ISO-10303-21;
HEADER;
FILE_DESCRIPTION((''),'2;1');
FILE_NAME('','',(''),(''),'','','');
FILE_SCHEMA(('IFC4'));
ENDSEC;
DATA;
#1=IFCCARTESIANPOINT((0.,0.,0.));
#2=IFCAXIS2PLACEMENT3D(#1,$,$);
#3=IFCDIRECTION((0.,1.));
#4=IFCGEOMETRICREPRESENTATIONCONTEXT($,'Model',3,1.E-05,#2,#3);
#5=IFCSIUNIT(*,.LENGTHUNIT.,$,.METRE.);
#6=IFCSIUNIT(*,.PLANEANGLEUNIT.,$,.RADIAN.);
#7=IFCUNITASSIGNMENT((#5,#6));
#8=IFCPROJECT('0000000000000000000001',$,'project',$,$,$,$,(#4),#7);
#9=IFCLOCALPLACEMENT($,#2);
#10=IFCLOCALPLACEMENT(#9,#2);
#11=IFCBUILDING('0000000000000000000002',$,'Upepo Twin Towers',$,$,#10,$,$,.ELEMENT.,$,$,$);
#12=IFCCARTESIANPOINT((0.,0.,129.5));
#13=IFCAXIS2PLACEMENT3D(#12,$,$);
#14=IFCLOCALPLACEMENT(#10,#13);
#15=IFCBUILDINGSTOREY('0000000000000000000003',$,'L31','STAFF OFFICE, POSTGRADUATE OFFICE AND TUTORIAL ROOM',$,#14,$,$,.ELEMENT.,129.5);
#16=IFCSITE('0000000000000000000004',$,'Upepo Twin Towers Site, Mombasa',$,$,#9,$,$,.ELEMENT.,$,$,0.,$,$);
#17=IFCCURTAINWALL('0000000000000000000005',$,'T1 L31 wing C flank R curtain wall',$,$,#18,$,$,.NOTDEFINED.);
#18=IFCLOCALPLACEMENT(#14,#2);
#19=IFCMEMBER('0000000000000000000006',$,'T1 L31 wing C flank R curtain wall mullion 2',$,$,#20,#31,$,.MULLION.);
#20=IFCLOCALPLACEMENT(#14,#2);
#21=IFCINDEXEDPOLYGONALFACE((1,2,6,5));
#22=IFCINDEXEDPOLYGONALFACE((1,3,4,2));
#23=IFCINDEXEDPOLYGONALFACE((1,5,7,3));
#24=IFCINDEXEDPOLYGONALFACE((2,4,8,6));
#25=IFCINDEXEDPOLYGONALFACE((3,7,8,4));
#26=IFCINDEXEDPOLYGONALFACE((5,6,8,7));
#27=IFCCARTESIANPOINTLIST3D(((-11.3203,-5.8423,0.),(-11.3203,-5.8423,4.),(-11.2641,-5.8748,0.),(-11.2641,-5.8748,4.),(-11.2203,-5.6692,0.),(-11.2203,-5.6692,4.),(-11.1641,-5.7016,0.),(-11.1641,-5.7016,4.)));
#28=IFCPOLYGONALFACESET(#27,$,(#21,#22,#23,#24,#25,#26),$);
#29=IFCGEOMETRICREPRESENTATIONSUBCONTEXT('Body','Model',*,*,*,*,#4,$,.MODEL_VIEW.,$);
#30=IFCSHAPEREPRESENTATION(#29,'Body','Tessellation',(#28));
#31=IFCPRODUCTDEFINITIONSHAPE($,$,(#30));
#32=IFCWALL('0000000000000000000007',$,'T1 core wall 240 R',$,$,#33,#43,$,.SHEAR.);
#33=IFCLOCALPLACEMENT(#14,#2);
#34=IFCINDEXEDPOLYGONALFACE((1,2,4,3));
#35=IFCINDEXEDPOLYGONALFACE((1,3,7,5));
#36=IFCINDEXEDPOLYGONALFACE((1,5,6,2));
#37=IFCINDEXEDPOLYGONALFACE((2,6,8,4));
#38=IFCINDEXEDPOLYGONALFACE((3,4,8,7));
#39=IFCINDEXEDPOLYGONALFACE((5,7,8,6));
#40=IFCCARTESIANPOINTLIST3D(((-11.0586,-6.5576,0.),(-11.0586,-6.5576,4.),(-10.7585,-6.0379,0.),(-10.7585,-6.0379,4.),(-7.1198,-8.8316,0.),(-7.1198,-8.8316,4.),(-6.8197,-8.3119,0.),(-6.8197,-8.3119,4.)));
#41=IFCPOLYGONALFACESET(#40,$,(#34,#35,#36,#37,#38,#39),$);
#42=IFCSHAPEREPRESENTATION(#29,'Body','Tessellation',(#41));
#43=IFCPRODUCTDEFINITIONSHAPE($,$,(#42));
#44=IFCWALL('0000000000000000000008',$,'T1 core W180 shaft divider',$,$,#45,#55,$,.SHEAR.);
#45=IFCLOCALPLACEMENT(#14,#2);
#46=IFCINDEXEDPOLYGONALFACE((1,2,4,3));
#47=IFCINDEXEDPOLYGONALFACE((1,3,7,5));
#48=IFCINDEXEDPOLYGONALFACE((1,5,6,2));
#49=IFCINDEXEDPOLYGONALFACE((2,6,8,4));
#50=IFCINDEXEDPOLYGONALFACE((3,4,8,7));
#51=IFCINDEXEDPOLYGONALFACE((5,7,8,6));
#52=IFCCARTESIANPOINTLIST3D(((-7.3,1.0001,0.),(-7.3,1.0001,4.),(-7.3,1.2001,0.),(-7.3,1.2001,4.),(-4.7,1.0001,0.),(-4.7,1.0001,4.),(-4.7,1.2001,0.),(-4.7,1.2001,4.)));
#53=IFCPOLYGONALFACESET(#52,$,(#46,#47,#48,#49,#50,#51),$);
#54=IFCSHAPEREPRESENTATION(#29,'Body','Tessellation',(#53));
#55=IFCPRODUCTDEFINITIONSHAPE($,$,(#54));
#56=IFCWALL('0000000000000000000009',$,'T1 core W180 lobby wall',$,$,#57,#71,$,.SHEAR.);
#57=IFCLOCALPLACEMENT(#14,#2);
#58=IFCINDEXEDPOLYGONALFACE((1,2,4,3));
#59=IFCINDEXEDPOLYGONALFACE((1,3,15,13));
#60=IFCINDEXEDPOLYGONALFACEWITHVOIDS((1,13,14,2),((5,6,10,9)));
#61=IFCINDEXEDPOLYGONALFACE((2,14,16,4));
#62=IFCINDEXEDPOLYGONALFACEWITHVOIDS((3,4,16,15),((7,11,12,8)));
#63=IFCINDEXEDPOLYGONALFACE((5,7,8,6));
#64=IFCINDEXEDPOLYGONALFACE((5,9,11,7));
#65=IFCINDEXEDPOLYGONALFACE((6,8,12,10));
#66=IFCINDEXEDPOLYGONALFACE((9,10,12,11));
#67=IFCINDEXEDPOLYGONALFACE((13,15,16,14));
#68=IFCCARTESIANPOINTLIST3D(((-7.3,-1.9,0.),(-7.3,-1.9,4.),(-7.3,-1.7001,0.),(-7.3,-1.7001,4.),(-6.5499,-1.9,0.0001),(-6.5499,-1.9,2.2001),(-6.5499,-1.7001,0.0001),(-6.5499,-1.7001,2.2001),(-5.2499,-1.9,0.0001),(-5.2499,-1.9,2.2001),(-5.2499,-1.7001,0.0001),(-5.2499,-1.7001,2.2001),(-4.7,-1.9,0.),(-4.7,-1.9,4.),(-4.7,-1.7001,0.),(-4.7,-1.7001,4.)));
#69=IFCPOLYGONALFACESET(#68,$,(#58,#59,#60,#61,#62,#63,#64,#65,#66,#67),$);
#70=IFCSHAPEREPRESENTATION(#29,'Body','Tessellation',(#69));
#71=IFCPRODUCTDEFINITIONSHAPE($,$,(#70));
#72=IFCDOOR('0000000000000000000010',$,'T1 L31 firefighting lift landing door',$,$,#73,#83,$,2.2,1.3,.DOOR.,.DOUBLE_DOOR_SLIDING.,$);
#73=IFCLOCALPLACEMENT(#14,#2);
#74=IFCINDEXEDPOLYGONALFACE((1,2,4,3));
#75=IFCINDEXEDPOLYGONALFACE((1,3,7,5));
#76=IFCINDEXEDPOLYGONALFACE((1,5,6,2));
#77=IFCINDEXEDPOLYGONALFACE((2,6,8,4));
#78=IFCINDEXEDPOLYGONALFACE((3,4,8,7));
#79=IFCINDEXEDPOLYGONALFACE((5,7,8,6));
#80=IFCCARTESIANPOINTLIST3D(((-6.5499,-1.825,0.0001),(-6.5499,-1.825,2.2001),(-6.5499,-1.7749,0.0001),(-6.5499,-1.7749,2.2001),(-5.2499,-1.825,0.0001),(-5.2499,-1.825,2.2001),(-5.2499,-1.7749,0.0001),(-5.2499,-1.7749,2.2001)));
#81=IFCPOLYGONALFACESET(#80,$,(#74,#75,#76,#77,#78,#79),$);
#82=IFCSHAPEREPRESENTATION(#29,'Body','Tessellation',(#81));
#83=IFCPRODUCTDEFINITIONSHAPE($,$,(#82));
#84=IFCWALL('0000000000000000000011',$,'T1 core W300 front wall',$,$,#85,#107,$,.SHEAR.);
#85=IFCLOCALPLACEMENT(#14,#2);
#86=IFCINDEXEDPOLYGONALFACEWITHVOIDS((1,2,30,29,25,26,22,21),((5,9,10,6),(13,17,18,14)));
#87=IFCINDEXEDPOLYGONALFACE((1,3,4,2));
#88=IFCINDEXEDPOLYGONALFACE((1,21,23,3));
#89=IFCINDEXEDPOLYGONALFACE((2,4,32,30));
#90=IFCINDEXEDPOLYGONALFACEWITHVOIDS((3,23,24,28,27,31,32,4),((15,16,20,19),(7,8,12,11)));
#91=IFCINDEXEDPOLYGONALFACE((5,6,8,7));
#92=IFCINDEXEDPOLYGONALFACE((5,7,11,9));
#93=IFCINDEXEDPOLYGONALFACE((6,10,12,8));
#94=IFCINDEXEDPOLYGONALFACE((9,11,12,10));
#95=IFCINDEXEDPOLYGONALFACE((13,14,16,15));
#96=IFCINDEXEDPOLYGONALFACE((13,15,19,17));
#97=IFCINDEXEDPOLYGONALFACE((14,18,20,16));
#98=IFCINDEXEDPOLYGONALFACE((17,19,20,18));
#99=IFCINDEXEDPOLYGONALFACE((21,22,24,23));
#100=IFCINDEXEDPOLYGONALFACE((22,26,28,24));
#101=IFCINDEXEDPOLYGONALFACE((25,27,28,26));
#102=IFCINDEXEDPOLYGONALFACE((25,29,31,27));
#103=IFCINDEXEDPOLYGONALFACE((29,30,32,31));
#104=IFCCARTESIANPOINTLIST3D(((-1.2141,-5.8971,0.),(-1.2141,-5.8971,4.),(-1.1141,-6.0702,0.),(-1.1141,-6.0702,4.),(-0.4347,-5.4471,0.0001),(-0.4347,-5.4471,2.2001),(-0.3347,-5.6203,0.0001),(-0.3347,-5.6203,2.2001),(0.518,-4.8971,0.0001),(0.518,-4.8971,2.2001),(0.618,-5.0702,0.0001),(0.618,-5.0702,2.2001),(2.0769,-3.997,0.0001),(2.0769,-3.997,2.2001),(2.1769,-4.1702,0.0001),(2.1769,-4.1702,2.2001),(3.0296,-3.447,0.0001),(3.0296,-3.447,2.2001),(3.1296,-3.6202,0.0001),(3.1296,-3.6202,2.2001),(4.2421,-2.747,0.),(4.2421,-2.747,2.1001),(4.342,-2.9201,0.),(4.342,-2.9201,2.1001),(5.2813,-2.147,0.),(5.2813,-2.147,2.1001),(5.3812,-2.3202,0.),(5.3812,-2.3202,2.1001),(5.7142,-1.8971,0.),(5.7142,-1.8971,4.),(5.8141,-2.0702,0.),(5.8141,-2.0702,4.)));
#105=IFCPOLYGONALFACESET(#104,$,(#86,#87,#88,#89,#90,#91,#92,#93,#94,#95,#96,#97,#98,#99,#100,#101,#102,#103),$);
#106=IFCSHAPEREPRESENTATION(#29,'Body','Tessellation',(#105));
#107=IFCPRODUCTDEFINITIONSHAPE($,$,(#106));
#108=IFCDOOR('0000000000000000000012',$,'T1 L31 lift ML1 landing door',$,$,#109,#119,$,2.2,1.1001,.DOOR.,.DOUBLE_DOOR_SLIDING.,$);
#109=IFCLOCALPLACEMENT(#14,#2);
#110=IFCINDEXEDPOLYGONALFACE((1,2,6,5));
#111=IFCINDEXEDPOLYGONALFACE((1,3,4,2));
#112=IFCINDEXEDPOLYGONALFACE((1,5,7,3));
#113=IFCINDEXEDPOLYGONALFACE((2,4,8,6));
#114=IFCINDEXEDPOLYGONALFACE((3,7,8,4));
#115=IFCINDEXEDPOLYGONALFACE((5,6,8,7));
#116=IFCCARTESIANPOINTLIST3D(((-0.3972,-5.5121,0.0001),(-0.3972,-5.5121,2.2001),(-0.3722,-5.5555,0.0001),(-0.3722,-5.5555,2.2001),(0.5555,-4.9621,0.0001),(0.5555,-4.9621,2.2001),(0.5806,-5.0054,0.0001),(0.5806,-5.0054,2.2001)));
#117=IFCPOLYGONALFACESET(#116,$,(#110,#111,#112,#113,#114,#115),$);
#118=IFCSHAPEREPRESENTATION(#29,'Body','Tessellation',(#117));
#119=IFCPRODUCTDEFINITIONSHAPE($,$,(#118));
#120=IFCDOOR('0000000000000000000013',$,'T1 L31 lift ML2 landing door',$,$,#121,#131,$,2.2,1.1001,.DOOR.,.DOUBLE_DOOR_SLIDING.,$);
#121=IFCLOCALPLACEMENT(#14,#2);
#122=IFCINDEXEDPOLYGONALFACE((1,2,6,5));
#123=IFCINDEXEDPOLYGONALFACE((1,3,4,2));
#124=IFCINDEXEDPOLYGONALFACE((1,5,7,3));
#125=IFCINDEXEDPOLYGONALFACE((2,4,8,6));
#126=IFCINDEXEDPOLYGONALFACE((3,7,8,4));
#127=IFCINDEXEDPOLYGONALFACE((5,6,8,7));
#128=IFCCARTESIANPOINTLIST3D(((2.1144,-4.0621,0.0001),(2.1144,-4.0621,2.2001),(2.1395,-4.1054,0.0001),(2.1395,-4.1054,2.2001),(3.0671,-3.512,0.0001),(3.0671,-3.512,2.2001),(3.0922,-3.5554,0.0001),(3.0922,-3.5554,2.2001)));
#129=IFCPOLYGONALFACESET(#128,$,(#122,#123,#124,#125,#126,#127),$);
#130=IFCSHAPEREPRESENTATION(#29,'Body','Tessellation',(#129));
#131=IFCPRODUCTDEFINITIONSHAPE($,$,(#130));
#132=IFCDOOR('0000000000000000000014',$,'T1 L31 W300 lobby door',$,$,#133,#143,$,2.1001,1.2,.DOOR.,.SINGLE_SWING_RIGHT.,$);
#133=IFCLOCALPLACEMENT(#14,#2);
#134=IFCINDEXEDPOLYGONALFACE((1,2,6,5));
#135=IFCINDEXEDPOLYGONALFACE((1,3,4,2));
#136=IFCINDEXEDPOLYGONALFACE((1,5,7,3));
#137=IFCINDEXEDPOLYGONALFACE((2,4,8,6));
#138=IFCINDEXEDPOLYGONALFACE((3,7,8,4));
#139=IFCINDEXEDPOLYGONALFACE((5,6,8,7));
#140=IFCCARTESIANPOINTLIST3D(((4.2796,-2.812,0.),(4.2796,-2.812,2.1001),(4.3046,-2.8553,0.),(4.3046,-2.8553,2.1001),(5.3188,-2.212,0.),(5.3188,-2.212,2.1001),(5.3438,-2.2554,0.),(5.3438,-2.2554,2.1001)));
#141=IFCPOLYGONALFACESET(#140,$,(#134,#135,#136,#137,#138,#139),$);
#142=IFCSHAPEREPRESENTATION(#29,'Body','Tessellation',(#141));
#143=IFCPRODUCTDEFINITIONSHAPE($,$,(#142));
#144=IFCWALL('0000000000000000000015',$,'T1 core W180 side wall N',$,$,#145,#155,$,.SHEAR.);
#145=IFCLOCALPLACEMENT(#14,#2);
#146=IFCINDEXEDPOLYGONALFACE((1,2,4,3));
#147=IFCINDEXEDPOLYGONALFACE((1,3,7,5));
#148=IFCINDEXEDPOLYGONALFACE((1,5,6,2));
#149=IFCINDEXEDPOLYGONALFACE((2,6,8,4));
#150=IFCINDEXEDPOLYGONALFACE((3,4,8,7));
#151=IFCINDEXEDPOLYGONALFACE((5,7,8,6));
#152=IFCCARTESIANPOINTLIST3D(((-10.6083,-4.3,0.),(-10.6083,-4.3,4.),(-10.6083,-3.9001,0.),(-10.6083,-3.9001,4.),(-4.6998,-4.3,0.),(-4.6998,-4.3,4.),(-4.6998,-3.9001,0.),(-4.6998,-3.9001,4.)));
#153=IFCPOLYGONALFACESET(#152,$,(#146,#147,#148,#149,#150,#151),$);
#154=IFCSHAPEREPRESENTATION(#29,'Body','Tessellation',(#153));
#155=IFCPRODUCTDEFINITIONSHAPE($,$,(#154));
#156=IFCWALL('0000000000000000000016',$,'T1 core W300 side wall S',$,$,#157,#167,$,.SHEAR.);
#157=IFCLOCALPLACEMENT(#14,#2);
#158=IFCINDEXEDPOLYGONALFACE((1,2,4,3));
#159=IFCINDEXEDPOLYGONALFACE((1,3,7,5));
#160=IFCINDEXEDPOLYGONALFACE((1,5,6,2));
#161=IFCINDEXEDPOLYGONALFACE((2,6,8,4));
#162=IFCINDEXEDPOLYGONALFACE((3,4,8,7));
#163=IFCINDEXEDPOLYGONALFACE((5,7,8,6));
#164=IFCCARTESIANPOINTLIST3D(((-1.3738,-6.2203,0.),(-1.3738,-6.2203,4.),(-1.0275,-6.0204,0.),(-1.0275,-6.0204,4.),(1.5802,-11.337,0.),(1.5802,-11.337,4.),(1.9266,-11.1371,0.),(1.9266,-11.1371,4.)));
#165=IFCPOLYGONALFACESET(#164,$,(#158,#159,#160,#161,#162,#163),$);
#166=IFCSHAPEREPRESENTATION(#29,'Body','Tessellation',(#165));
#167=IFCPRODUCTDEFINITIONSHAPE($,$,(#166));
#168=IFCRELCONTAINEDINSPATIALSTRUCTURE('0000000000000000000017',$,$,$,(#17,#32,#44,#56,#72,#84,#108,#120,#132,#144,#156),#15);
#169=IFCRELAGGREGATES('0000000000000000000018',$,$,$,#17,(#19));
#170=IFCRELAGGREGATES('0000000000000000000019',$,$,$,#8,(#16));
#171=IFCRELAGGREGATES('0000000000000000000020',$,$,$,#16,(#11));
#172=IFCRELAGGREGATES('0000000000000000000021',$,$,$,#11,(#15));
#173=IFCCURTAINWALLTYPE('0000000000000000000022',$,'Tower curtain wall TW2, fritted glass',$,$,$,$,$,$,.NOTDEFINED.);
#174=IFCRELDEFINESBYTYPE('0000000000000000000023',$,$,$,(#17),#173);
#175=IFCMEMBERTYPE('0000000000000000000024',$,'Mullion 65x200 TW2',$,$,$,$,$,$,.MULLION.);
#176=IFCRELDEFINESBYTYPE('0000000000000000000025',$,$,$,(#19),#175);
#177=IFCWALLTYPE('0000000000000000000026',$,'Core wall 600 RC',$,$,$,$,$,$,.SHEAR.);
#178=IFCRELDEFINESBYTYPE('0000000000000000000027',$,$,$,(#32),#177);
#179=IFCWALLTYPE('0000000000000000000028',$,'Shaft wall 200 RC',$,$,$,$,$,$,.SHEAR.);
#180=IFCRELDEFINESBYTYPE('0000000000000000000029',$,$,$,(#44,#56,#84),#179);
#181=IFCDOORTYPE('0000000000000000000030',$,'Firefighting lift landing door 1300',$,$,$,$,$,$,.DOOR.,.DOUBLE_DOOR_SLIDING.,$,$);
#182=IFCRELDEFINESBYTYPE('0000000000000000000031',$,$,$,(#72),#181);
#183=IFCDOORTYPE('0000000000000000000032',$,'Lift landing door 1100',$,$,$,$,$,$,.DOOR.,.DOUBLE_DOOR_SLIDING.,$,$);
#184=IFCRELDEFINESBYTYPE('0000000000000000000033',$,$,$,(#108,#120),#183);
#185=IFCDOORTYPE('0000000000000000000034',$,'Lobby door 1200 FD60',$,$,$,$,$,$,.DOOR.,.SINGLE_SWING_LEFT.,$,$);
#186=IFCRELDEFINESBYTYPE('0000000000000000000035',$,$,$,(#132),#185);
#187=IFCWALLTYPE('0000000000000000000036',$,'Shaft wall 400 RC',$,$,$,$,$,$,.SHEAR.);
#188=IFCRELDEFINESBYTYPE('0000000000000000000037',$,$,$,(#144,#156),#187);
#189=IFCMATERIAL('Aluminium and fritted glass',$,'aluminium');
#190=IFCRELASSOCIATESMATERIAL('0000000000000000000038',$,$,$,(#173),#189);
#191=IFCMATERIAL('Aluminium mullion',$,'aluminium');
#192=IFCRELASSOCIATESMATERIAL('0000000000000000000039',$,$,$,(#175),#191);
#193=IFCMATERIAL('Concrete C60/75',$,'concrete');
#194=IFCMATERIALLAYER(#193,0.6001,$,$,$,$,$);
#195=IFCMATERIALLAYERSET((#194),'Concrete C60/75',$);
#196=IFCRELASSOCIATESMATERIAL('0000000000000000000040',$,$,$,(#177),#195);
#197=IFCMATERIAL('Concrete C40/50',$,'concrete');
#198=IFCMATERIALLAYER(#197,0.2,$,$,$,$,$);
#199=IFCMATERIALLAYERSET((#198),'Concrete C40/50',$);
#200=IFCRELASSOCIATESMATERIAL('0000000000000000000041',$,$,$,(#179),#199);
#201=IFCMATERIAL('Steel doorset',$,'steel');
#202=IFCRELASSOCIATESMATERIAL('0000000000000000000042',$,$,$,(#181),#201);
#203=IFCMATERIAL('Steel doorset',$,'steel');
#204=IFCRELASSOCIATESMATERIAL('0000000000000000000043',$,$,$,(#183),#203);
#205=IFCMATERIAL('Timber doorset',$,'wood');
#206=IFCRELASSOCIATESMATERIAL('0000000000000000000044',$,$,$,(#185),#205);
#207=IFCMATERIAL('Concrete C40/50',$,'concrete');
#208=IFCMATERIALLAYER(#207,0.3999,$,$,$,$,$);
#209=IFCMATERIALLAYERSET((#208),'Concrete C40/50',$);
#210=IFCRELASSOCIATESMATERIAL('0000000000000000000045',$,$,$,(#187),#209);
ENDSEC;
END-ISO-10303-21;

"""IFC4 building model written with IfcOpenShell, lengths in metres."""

from ifc_helpers import new_model, si_unit, direction, frame, frame_2d, origin, origin_2d, place, context, subcontext, project, spatial, rectangle, extrude, material, layer, layer_set, material_profile, profile_set, type_object, element, fill, aggregate, save


model = new_model("IFC4")

# Units and contexts
model_context = context("Model", 3, precision=1e-05, world=origin(), true_north=direction((0.0, 1.0)))
body_context = subcontext(model_context, "Body", "Model", "MODEL_VIEW")
ifc_project = project(units=[si_unit("LENGTHUNIT", "METRE"), si_unit("PLANEANGLEUNIT", "RADIAN")], contexts=[model_context])

# Site, building, storey
site_placement = place(None, origin())
site = spatial("IfcSite", under=ifc_project, at=site_placement, Name="Upepo Twin Towers Site, Mombasa", CompositionType="ELEMENT", RefElevation=0.0)
building_placement = place(site_placement, origin())
building = spatial("IfcBuilding", under=site, at=building_placement, Name="Upepo Twin Towers", CompositionType="ELEMENT")
storey_placement = place(building_placement, frame((0.0, 0.0, 129.5)))
storey = spatial("IfcBuildingStorey", under=building, at=storey_placement, Name="L31", Description="STAFF OFFICE, POSTGRADUATE OFFICE AND TUTORIAL ROOM", CompositionType="ELEMENT", Elevation=129.5)

# Curtain wall, member
ifc_material_1 = material(Name="Aluminium and fritted glass", Category="aluminium")
curtain_wall_type = type_object("IfcCurtainWallType", Name="Tower curtain wall TW2, fritted glass", PredefinedType="NOTDEFINED", material=ifc_material_1)
curtain_wall_placement = place(storey_placement, origin())
curtain_wall = element("IfcCurtainWall", 1, at=curtain_wall_placement, inside=storey, type_object=curtain_wall_type, Name="T1 L31 wing C flank R curtain wall", PredefinedType="NOTDEFINED")
ifc_material_2 = material(Name="Aluminium mullion", Category="aluminium")
ifc_material_profile = material_profile(ifc_material_2, rectangle(XDim=0.0649, YDim=0.2, at=origin_2d()), Name="MULLION 65x200")
ifc_profile_set = profile_set([ifc_material_profile], Name="Aluminium mullion")
member_type = type_object("IfcMemberType", Name="Mullion 65x200 TW2", PredefinedType="MULLION", material=ifc_profile_set)
member_placement = place(storey_placement, frame((-11.2422, -5.772, 0.0), z_axis=(0.0, 0.0, 1.0), x_axis=(-0.866025, 0.5, 0.0)))
member = element("IfcMember", 2, at=member_placement, type_object=member_type, Name="T1 L31 wing C flank R curtain wall mullion 2", PredefinedType="MULLION", context=body_context, shape_type="SweptSolid", body=[
    extrude(rectangle(XDim=0.0649, YDim=0.2, at=origin_2d()), origin(), (0.0, 0.0, 1.0), 4.0),
])
aggregate(curtain_wall, [member])

# Walls
ifc_material_3 = material(Name="Concrete C60/75", Category="concrete")
ifc_layer_1 = layer(ifc_material_3, 0.6001)
ifc_layer_set_1 = layer_set([ifc_layer_1], Name="Concrete C60/75")
wall_type_1 = type_object("IfcWallType", Name="Core wall 600 RC", PredefinedType="SHEAR", material=ifc_layer_set_1)
wall_1_placement = place(storey_placement, frame((-10.9084, -6.2979, 0.0), z_axis=(0.0, 0.0, 1.0), x_axis=(0.866035, -0.499984, 0.0)))
element("IfcWall", 3, at=wall_1_placement, inside=storey, type_object=wall_type_1, Name="T1 core wall 240 R", PredefinedType="SHEAR", context=body_context, shape_type="SweptSolid", body=[
    extrude(rectangle(XDim=4.5481, YDim=0.6001, at=frame_2d((2.2739, 0.0))), origin(), (0.0, 0.0, 1.0), 4.0),
])
ifc_material_4 = material(Name="Concrete C40/50", Category="concrete")
ifc_layer_2 = layer(ifc_material_4, 0.2)
ifc_layer_set_2 = layer_set([ifc_layer_2], Name="Concrete C40/50")
wall_type_2 = type_object("IfcWallType", Name="Shaft wall 200 RC", PredefinedType="SHEAR", material=ifc_layer_set_2)
wall_2_placement = place(storey_placement, frame((-4.7, 1.1001, 0.0), z_axis=(0.0, 0.0, 1.0), x_axis=(-1.0, 0.0, 0.0)))
element("IfcWall", 4, at=wall_2_placement, inside=storey, type_object=wall_type_2, Name="T1 core W180 shaft divider", PredefinedType="SHEAR", context=body_context, shape_type="SweptSolid", body=[
    extrude(rectangle(XDim=2.6001, YDim=0.2, at=frame_2d((1.3, 0.0))), origin(), (0.0, 0.0, 1.0), 4.0),
])

# Wall, opening, door
wall_3_placement = place(storey_placement, frame((-4.7, -1.8, 0.0), z_axis=(0.0, 0.0, 1.0), x_axis=(-1.0, 0.0, 0.0)))
wall_3 = element("IfcWall", 5, at=wall_3_placement, inside=storey, type_object=wall_type_2, Name="T1 core W180 lobby wall", PredefinedType="SHEAR", context=body_context, shape_type="SweptSolid", body=[
    extrude(rectangle(XDim=2.6001, YDim=0.2, at=frame_2d((1.3, 0.0))), origin(), (0.0, 0.0, 1.0), 4.0),
])
opening_1_placement = place(wall_3_placement, frame((0.55, 0.0, 0.0)))
opening_1 = element("IfcOpeningElement", 6, at=opening_1_placement, cuts=wall_3, PredefinedType="OPENING", context=body_context, shape_type="SweptSolid", body=[
    extrude(rectangle(XDim=1.3, YDim=2.2, at=frame_2d((0.6499, 1.1001))), frame((0.0, 0.1099, 0.0), z_axis=(0.0, -1.0, 0.0), x_axis=(1.0, 0.0, 0.0)), (0.0, 0.0, 1.0), 0.22),
])
ifc_material_5 = material(Name="Steel doorset", Category="steel")
door_type_1 = type_object("IfcDoorType", Name="Firefighting lift landing door 1300", OperationType="DOUBLE_DOOR_SLIDING", PredefinedType="DOOR", material=ifc_material_5)
door_1_placement = place(opening_1_placement, origin())
door_1 = element("IfcDoor", 7, at=door_1_placement, inside=storey, type_object=door_type_1, Name="T1 L31 firefighting lift landing door", OperationType="DOUBLE_DOOR_SLIDING", OverallHeight=2.2, OverallWidth=1.3, PredefinedType="DOOR", context=body_context, shape_type="SweptSolid", body=[
    extrude(rectangle(XDim=1.3, YDim=2.2, at=frame_2d((0.6499, 1.1001))), frame((0.0, 0.0249, 0.0), z_axis=(0.0, -1.0, 0.0), x_axis=(1.0, 0.0, 0.0)), (0.0, 0.0, 1.0), 0.05),
])
fill(opening_1, door_1)

# Wall, openings, doors
wall_4_placement = place(storey_placement, frame((-1.1641, -5.9836, 0.0), z_axis=(0.0, 0.0, 1.0), x_axis=(0.866026, 0.499999, 0.0)))
wall_4 = element("IfcWall", 8, at=wall_4_placement, inside=storey, type_object=wall_type_2, Name="T1 core W300 front wall", PredefinedType="SHEAR", context=body_context, shape_type="SweptSolid", body=[
    extrude(rectangle(XDim=8.0, YDim=0.2, at=frame_2d((4.0, 0.0))), origin(), (0.0, 0.0, 1.0), 4.0),
])
opening_2_placement = place(wall_4_placement, frame((6.3, 0.0, 0.0)))
opening_2 = element("IfcOpeningElement", 9, at=opening_2_placement, cuts=wall_4, PredefinedType="OPENING", context=body_context, shape_type="SweptSolid", body=[
    extrude(rectangle(XDim=1.2, YDim=2.1001, at=frame_2d((0.6001, 1.05))), frame((0.0, 0.1099, 0.0), z_axis=(0.0, -1.0, 0.0), x_axis=(1.0, 0.0, 0.0)), (0.0, 0.0, 1.0), 0.22),
])
opening_3_placement = place(wall_4_placement, frame((0.8999, 0.0, 0.0)))
opening_3 = element("IfcOpeningElement", 10, at=opening_3_placement, cuts=wall_4, PredefinedType="OPENING", context=body_context, shape_type="SweptSolid", body=[
    extrude(rectangle(XDim=1.1001, YDim=2.2, at=frame_2d((0.55, 1.1001))), frame((0.0, 0.1099, 0.0), z_axis=(0.0, -1.0, 0.0), x_axis=(1.0, 0.0, 0.0)), (0.0, 0.0, 1.0), 0.22),
])
opening_4_placement = place(wall_4_placement, frame((3.8, 0.0, 0.0)))
opening_4 = element("IfcOpeningElement", 11, at=opening_4_placement, cuts=wall_4, PredefinedType="OPENING", context=body_context, shape_type="SweptSolid", body=[
    extrude(rectangle(XDim=1.1001, YDim=2.2, at=frame_2d((0.55, 1.1001))), frame((0.0, 0.1099, 0.0), z_axis=(0.0, -1.0, 0.0), x_axis=(1.0, 0.0, 0.0)), (0.0, 0.0, 1.0), 0.22),
])
ifc_material_6 = material(Name="Steel doorset", Category="steel")
door_type_2 = type_object("IfcDoorType", Name="Lift landing door 1100", OperationType="DOUBLE_DOOR_SLIDING", PredefinedType="DOOR", material=ifc_material_6)
door_2_placement = place(opening_3_placement, origin())
door_2 = element("IfcDoor", 12, at=door_2_placement, inside=storey, type_object=door_type_2, Name="T1 L31 lift ML1 landing door", OperationType="DOUBLE_DOOR_SLIDING", OverallHeight=2.2, OverallWidth=1.1001, PredefinedType="DOOR", context=body_context, shape_type="SweptSolid", body=[
    extrude(rectangle(XDim=1.1001, YDim=2.2, at=frame_2d((0.55, 1.1001))), frame((0.0, 0.0249, 0.0), z_axis=(0.0, -1.0, 0.0), x_axis=(1.0, 0.0, 0.0)), (0.0, 0.0, 1.0), 0.05),
])
fill(opening_3, door_2)
door_3_placement = place(opening_4_placement, origin())
door_3 = element("IfcDoor", 13, at=door_3_placement, inside=storey, type_object=door_type_2, Name="T1 L31 lift ML2 landing door", OperationType="DOUBLE_DOOR_SLIDING", OverallHeight=2.2, OverallWidth=1.1001, PredefinedType="DOOR", context=body_context, shape_type="SweptSolid", body=[
    extrude(rectangle(XDim=1.1001, YDim=2.2, at=frame_2d((0.55, 1.1001))), frame((0.0, 0.0249, 0.0), z_axis=(0.0, -1.0, 0.0), x_axis=(1.0, 0.0, 0.0)), (0.0, 0.0, 1.0), 0.05),
])
fill(opening_4, door_3)
ifc_material_7 = material(Name="Timber doorset", Category="wood")
door_type_3 = type_object("IfcDoorType", Name="Lobby door 1200 FD60", OperationType="SINGLE_SWING_LEFT", PredefinedType="DOOR", material=ifc_material_7)
door_4_placement = place(opening_2_placement, origin())
door_4 = element("IfcDoor", 14, at=door_4_placement, inside=storey, type_object=door_type_3, Name="T1 L31 W300 lobby door", OperationType="SINGLE_SWING_RIGHT", OverallHeight=2.1001, OverallWidth=1.2, PredefinedType="DOOR", context=body_context, shape_type="SweptSolid", body=[
    extrude(rectangle(XDim=1.2, YDim=2.1001, at=frame_2d((0.6001, 1.05))), frame((0.0, 0.0249, 0.0), z_axis=(0.0, -1.0, 0.0), x_axis=(1.0, 0.0, 0.0)), (0.0, 0.0, 1.0), 0.05),
])
fill(opening_2, door_4)

# Walls
ifc_material_8 = material(Name="Concrete C40/50", Category="concrete")
ifc_layer_3 = layer(ifc_material_8, 0.3999)
ifc_layer_set_3 = layer_set([ifc_layer_3], Name="Concrete C40/50")
wall_type_3 = type_object("IfcWallType", Name="Shaft wall 400 RC", PredefinedType="SHEAR", material=ifc_layer_set_3)
wall_5_placement = place(storey_placement, frame((-4.7, -4.1001, 0.0), z_axis=(0.0, 0.0, 1.0), x_axis=(-1.0, 0.0, 0.0)))
element("IfcWall", 15, at=wall_5_placement, inside=storey, type_object=wall_type_3, Name="T1 core W180 side wall N", PredefinedType="SHEAR", context=body_context, shape_type="SweptSolid", body=[
    extrude(rectangle(XDim=5.9084, YDim=0.3999, at=frame_2d((2.9541, 0.0))), origin(), (0.0, 0.0, 1.0), 4.0),
])
wall_6_placement = place(storey_placement, frame((-1.2007, -6.1204, 0.0), z_axis=(0.0, 0.0, 1.0), x_axis=(0.499997, -0.866027, 0.0)))
element("IfcWall", 16, at=wall_6_placement, inside=storey, type_object=wall_type_3, Name="T1 core W300 side wall S", PredefinedType="SHEAR", context=body_context, shape_type="SweptSolid", body=[
    extrude(rectangle(XDim=5.9082, YDim=0.3999, at=frame_2d((2.9541, 0.0))), origin(), (0.0, 0.0, 1.0), 4.0),
])

save(model, "model.ifc")
